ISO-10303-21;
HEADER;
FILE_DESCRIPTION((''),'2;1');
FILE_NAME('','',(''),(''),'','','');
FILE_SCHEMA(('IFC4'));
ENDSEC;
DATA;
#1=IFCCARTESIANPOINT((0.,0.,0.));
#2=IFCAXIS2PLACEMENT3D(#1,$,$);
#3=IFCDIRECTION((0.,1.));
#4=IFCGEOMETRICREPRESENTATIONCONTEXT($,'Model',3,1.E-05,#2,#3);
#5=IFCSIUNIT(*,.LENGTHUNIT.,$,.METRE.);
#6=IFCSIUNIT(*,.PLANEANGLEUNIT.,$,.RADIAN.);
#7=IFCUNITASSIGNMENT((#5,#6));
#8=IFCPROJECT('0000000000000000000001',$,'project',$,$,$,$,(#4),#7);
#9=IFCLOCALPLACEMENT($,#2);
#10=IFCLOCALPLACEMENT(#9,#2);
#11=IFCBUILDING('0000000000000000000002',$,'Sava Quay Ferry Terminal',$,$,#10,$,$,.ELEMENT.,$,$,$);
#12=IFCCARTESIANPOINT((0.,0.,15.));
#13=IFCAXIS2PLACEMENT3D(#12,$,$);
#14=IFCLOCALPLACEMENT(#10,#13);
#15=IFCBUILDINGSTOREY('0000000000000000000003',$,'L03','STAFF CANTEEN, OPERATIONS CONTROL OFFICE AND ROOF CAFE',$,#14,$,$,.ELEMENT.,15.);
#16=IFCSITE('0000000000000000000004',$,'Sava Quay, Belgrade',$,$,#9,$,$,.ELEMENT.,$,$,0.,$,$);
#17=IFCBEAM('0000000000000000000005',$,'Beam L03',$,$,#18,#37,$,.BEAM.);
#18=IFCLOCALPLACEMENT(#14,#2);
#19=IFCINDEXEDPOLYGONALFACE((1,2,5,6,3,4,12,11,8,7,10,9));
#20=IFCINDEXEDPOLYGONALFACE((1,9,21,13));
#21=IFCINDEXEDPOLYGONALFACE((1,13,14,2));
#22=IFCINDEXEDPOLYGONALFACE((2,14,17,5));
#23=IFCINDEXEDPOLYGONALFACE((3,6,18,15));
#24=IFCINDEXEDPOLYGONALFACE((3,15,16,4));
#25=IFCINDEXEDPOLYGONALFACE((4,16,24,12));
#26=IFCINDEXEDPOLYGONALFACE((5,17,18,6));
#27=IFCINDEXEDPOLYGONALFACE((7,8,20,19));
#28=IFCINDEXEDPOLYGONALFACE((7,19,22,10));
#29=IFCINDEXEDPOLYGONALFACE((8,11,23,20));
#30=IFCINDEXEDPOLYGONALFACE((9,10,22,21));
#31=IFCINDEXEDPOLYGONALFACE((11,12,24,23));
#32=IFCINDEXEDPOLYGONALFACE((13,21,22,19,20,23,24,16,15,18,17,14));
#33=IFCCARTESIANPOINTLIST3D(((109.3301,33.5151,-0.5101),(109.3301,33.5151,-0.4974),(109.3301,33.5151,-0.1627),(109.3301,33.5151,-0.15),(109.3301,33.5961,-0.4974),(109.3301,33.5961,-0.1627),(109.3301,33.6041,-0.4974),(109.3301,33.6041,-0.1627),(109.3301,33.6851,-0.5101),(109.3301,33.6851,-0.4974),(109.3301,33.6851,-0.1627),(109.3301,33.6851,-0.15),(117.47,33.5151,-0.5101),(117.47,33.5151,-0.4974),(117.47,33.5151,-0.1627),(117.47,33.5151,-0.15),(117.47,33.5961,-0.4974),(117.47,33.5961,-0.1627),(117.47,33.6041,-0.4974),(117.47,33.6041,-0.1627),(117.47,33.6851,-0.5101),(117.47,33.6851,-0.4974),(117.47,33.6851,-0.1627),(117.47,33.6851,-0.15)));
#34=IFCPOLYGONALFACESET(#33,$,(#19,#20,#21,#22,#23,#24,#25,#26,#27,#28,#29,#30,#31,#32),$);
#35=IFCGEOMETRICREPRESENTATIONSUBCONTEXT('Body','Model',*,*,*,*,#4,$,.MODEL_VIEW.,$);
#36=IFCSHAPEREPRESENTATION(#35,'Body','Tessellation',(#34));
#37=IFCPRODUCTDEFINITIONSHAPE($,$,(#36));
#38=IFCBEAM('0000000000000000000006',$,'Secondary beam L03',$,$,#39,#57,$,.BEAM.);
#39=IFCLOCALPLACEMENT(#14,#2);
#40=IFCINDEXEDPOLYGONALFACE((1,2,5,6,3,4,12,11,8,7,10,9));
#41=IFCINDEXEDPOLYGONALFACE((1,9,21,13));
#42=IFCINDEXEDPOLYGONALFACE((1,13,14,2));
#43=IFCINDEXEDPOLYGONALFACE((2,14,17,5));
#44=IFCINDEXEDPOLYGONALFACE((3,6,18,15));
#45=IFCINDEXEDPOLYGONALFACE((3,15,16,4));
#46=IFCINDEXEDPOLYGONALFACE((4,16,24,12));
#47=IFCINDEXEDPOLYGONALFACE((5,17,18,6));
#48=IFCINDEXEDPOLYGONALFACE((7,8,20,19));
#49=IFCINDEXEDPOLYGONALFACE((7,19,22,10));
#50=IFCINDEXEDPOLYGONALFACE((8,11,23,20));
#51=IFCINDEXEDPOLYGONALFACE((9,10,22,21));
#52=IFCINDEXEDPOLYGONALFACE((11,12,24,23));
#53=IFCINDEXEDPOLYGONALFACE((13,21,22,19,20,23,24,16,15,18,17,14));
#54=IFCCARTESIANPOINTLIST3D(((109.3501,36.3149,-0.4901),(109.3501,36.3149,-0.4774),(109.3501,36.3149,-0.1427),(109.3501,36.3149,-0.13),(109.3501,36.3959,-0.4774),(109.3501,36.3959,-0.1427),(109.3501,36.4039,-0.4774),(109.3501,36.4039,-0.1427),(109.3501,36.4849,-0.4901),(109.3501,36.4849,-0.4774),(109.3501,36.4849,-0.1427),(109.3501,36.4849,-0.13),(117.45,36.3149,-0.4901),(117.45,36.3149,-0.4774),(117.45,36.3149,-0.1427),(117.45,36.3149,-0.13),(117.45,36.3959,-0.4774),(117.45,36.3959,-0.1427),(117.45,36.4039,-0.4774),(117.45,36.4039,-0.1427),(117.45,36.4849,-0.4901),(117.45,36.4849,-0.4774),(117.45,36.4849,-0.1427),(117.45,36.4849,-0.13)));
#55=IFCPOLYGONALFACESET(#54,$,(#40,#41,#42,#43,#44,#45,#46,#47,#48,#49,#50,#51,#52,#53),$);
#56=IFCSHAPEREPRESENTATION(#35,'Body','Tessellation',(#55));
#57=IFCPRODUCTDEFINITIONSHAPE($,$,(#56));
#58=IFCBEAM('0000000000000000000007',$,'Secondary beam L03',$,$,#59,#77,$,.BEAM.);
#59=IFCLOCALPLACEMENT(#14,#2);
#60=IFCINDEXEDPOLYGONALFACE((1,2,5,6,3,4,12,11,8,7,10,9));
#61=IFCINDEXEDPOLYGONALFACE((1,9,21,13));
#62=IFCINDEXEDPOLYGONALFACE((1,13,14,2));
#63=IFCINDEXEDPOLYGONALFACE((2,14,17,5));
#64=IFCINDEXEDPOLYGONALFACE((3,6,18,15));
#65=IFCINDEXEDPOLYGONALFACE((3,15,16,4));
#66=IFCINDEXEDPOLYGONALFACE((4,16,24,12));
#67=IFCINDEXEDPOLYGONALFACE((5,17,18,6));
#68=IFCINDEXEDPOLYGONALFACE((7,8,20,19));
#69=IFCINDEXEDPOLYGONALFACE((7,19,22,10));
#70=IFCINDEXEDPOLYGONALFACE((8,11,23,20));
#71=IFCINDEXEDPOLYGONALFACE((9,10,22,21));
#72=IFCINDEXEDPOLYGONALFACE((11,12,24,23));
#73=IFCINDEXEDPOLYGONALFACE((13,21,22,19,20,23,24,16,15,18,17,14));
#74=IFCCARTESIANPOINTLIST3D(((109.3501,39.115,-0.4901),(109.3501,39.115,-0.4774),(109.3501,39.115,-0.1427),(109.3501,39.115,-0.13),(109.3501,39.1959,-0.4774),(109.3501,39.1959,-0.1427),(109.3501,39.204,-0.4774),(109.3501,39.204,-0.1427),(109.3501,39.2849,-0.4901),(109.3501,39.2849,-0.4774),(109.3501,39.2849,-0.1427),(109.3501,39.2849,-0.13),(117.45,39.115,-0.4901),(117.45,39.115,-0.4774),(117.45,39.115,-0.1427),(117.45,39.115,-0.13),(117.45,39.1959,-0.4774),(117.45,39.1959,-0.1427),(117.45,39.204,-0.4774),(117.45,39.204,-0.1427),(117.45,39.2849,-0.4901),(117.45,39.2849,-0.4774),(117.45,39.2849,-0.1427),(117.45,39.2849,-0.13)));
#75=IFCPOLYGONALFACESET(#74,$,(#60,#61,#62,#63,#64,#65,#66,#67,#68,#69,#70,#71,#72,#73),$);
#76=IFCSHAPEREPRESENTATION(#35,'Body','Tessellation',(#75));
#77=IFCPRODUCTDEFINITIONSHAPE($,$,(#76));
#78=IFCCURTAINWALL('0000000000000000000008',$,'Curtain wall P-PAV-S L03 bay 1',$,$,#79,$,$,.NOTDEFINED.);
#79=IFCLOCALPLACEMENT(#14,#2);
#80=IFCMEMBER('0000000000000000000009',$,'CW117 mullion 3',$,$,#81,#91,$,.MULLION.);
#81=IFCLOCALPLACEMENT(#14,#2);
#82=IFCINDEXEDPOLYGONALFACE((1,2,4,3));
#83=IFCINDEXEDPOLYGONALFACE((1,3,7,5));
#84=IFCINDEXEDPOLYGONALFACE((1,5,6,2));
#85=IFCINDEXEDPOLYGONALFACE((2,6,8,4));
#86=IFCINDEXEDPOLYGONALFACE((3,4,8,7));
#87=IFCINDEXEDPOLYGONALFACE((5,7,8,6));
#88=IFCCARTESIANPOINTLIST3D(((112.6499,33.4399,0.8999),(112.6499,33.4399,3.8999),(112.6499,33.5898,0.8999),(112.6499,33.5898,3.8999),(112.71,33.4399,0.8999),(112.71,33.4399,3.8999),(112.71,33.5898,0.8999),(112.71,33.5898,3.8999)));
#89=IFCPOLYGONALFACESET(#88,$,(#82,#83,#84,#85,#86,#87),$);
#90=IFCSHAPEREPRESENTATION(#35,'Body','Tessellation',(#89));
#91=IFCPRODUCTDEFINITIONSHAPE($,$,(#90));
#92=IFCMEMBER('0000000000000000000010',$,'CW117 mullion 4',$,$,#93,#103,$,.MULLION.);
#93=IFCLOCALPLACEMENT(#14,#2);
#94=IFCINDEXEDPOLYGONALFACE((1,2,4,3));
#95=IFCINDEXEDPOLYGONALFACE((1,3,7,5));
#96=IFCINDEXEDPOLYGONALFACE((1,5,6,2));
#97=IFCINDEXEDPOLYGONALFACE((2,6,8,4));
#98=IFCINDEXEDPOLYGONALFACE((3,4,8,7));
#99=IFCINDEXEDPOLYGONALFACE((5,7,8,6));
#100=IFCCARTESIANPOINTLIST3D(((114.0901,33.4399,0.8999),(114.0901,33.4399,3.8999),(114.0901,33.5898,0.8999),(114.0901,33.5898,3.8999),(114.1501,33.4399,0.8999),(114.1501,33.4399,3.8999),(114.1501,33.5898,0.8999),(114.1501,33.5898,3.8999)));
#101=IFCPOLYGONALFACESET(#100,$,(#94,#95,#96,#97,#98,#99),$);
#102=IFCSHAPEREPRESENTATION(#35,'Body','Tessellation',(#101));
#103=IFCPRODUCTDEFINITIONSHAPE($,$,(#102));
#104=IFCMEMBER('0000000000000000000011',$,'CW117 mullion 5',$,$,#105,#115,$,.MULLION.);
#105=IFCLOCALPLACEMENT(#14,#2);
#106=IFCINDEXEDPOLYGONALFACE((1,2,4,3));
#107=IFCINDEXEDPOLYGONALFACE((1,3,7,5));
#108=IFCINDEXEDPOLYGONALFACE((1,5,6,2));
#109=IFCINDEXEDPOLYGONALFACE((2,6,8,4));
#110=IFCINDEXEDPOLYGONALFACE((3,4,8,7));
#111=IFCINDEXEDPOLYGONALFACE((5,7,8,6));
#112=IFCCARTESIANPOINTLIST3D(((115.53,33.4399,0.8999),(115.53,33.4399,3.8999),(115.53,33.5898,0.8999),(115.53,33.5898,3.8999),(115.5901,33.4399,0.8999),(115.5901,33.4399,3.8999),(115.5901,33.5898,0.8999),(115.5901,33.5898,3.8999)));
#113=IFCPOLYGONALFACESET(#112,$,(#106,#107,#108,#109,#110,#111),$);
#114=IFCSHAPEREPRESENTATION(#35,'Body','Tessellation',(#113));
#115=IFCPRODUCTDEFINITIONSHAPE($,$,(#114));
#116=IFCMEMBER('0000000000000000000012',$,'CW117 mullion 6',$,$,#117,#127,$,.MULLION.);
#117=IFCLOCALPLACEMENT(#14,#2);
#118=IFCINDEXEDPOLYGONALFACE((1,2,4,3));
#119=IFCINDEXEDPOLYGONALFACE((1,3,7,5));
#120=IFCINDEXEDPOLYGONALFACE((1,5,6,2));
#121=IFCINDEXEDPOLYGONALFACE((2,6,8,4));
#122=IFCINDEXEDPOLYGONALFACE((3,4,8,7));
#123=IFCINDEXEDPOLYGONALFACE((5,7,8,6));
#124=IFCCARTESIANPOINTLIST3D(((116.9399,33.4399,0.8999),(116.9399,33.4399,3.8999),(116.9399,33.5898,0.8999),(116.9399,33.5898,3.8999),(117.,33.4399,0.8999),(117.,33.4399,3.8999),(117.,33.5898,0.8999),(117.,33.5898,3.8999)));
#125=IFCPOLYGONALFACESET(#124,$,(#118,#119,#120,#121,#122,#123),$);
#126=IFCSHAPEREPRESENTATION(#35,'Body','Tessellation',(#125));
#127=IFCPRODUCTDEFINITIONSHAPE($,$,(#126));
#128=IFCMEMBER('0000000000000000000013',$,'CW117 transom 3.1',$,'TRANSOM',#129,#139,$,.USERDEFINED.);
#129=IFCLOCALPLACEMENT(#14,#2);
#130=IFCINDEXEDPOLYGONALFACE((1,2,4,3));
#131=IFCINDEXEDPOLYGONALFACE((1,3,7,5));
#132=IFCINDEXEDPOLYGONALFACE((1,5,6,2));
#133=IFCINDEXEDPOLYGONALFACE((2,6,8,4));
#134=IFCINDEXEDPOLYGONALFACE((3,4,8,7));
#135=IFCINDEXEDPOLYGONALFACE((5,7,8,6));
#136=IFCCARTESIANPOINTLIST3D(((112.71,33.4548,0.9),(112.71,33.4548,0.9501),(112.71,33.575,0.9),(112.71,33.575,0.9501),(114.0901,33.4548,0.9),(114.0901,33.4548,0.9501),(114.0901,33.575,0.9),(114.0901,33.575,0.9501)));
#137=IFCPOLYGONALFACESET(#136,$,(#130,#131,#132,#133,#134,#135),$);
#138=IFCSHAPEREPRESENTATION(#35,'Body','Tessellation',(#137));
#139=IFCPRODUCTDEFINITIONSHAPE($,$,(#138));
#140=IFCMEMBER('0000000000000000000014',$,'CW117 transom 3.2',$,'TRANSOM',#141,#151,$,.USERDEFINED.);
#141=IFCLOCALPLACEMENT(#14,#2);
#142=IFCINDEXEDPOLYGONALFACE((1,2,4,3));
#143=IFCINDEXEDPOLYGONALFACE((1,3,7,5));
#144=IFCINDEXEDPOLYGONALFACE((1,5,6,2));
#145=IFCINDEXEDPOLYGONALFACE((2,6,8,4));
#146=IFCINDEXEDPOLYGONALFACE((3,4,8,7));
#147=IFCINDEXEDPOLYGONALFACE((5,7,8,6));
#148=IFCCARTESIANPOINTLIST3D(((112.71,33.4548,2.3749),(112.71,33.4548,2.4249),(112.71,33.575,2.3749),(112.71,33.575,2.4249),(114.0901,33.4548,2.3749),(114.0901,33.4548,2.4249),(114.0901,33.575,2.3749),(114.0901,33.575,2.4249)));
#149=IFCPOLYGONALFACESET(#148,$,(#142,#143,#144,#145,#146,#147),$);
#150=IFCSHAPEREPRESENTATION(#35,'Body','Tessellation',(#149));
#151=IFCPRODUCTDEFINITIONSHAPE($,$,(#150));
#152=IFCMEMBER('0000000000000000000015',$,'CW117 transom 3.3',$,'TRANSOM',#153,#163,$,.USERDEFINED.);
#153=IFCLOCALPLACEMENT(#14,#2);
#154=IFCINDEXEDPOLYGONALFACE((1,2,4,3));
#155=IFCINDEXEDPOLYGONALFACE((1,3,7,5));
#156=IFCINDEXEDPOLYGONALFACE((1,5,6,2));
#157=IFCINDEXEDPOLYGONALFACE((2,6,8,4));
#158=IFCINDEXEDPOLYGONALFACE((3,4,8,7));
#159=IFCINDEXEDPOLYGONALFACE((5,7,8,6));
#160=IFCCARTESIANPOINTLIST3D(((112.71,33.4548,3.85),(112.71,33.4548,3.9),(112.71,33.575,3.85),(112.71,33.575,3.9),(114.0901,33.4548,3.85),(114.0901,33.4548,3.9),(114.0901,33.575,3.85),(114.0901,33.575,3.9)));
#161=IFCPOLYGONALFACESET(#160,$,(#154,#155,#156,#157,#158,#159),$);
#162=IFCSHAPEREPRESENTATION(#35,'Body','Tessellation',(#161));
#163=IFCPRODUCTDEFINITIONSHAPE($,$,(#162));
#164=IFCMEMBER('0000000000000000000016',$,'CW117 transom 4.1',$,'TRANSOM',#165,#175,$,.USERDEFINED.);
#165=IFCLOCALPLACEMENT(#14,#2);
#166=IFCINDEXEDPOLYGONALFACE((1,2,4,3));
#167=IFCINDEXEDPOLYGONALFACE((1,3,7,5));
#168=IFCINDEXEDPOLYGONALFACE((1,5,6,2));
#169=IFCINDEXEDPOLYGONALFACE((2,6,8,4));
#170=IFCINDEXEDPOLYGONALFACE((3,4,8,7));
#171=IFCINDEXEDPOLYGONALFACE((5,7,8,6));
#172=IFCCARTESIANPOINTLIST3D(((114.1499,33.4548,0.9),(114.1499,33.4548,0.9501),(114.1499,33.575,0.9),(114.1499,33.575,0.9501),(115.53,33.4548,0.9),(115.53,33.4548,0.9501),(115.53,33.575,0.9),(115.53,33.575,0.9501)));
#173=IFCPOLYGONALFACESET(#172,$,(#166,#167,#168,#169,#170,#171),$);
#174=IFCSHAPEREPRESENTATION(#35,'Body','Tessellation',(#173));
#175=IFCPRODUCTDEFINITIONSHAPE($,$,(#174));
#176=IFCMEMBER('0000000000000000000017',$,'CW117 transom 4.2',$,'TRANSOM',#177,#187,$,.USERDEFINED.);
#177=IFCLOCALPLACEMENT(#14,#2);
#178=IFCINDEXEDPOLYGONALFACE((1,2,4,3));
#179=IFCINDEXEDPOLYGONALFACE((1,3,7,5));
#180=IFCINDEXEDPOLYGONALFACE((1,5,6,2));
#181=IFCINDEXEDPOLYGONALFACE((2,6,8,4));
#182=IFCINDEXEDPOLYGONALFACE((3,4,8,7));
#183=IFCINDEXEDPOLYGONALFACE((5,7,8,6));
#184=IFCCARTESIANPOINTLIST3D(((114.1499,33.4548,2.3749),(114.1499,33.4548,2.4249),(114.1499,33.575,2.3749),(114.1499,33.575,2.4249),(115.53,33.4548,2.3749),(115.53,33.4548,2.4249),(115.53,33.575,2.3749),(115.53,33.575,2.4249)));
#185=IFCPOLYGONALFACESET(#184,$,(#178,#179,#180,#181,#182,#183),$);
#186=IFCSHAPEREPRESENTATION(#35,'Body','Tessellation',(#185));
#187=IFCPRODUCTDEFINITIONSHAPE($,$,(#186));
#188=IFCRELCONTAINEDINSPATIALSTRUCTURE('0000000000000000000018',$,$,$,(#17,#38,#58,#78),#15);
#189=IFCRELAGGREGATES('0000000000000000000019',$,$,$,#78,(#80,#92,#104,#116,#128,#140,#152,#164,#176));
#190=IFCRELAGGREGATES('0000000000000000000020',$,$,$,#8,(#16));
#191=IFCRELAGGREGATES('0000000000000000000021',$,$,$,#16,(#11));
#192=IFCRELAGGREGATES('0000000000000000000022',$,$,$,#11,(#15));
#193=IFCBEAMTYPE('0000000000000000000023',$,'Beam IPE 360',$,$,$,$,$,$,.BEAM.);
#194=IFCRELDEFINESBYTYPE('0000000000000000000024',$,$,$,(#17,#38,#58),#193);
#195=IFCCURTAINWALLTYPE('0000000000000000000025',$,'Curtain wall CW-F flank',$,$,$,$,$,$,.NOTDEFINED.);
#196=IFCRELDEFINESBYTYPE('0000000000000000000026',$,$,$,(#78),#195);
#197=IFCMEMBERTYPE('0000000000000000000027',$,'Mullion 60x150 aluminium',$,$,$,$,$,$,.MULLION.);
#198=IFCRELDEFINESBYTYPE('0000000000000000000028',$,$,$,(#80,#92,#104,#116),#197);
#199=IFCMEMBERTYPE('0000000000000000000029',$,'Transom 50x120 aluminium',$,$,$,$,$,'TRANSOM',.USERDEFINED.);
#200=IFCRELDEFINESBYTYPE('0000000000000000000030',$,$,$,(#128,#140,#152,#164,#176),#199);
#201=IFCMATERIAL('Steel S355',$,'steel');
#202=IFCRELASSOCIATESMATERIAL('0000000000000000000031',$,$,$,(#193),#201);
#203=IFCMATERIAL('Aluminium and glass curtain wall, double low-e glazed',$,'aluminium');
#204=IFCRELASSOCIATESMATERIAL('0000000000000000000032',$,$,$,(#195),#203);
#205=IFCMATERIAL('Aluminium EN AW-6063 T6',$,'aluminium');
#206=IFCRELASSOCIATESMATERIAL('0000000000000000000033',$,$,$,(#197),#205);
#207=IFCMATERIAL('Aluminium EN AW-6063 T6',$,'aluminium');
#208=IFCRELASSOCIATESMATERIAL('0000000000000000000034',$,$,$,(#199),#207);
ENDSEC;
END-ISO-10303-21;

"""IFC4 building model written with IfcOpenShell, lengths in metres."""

from ifc_helpers import new_model, si_unit, direction, frame, origin, origin_2d, place, context, subcontext, project, spatial, rectangle, i_section, extrude, material, material_profile, profile_set, type_object, element, aggregate, save


model = new_model("IFC4")

# Units and contexts
model_context = context("Model", 3, precision=1e-05, world=origin(), true_north=direction((0.0, 1.0)))
body_context = subcontext(model_context, "Body", "Model", "MODEL_VIEW")
ifc_project = project(units=[si_unit("LENGTHUNIT", "METRE"), si_unit("PLANEANGLEUNIT", "RADIAN")], contexts=[model_context])

# Site, building, storey
site_placement = place(None, origin())
site = spatial("IfcSite", under=ifc_project, at=site_placement, Name="Sava Quay, Belgrade", CompositionType="ELEMENT", RefElevation=0.0)
building_placement = place(site_placement, origin())
building = spatial("IfcBuilding", under=site, at=building_placement, Name="Sava Quay Ferry Terminal", CompositionType="ELEMENT")
storey_placement = place(building_placement, frame((0.0, 0.0, 15.0)))
storey = spatial("IfcBuildingStorey", under=building, at=storey_placement, Name="L03", Description="STAFF CANTEEN, OPERATIONS CONTROL OFFICE AND ROOF CAFE", CompositionType="ELEMENT", Elevation=15.0)

# Beams
ifc_material_1 = material(Name="Steel S355", Category="steel")
ifc_material_profile_1 = material_profile(ifc_material_1, i_section(OverallWidth=0.1699, OverallDepth=0.3601, WebThickness=0.0081, FlangeThickness=0.0127, at=origin_2d()), Name="IPE 360")
ifc_profile_set_1 = profile_set([ifc_material_profile_1], Name="Steel S355")
beam_type = type_object("IfcBeamType", Name="Beam IPE 360", PredefinedType="BEAM", material=ifc_profile_set_1)
beam_placement = place(storey_placement, frame((109.3301, 33.6001, -0.3301), z_axis=(1.0, 0.0, 0.0), x_axis=(0.0, 1.0, 0.0)))
element("IfcBeam", 1, at=beam_placement, inside=storey, type_object=beam_type, Name="Beam L03", PredefinedType="BEAM", context=body_context, shape_type="SweptSolid", body=[
    extrude(i_section(OverallWidth=0.1699, OverallDepth=0.3601, WebThickness=0.0081, FlangeThickness=0.0127, at=origin_2d()), origin(), (0.0, 0.0, 1.0), 8.1399),
])
for number, where, z_axis, x_axis, name in (
    (2, (109.3501, 36.3999, -0.3101), (1.0, 0.0, 0.0), (0.0, 1.0, 0.0), "Secondary beam L03"),
    (3, (109.3501, 39.2, -0.3101), (1.0, 0.0, 0.0), (0.0, 1.0, 0.0), "Secondary beam L03"),
):
    element("IfcBeam", number, at=place(storey_placement, frame(where, z_axis=z_axis, x_axis=x_axis)), inside=storey, type_object=beam_type, Name=name, PredefinedType="BEAM", context=body_context, shape_type="SweptSolid", body=[
        extrude(i_section(OverallWidth=0.1699, OverallDepth=0.3601, WebThickness=0.0081, FlangeThickness=0.0127, at=origin_2d()), origin(), (0.0, 0.0, 1.0), 8.0999),
    ])

# Curtain wall, members
ifc_material_2 = material(Name="Aluminium and glass curtain wall, double low-e glazed", Category="aluminium")
curtain_wall_type = type_object("IfcCurtainWallType", Name="Curtain wall CW-F flank", PredefinedType="NOTDEFINED", material=ifc_material_2)
curtain_wall_placement = place(storey_placement, origin())
curtain_wall = element("IfcCurtainWall", 4, at=curtain_wall_placement, inside=storey, type_object=curtain_wall_type, Name="Curtain wall P-PAV-S L03 bay 1", PredefinedType="NOTDEFINED")
ifc_material_3 = material(Name="Aluminium EN AW-6063 T6", Category="aluminium")
ifc_material_profile_2 = material_profile(ifc_material_3, rectangle(XDim=0.1499, YDim=0.0601, at=origin_2d()), Name="Mullion 60x150 aluminium")
ifc_profile_set_2 = profile_set([ifc_material_profile_2], Name="Aluminium EN AW-6063 T6")
member_type_1 = type_object("IfcMemberType", Name="Mullion 60x150 aluminium", PredefinedType="MULLION", material=ifc_profile_set_2)
member_1_placement = place(storey_placement, frame((112.6799, 33.5149, 0.8999), z_axis=(0.0, 0.0, 1.0), x_axis=(0.0, 1.0, 0.0)))
member_1 = element("IfcMember", 5, at=member_1_placement, type_object=member_type_1, Name="CW117 mullion 3", PredefinedType="MULLION", context=body_context, shape_type="SweptSolid", body=[
    extrude(rectangle(XDim=0.1499, YDim=0.0601, at=origin_2d()), origin(), (0.0, 0.0, 1.0), 3.0),
])
member_2_placement = place(storey_placement, frame((114.1201, 33.5149, 0.8999), z_axis=(0.0, 0.0, 1.0), x_axis=(0.0, 1.0, 0.0)))
member_2 = element("IfcMember", 6, at=member_2_placement, type_object=member_type_1, Name="CW117 mullion 4", PredefinedType="MULLION", context=body_context, shape_type="SweptSolid", body=[
    extrude(rectangle(XDim=0.1499, YDim=0.0601, at=origin_2d()), origin(), (0.0, 0.0, 1.0), 3.0),
])
member_3_placement = place(storey_placement, frame((115.5601, 33.5149, 0.8999), z_axis=(0.0, 0.0, 1.0), x_axis=(0.0, 1.0, 0.0)))
member_3 = element("IfcMember", 7, at=member_3_placement, type_object=member_type_1, Name="CW117 mullion 5", PredefinedType="MULLION", context=body_context, shape_type="SweptSolid", body=[
    extrude(rectangle(XDim=0.1499, YDim=0.0601, at=origin_2d()), origin(), (0.0, 0.0, 1.0), 3.0),
])
member_4_placement = place(storey_placement, frame((116.97, 33.5149, 0.8999), z_axis=(0.0, 0.0, 1.0), x_axis=(0.0, 1.0, 0.0)))
member_4 = element("IfcMember", 8, at=member_4_placement, type_object=member_type_1, Name="CW117 mullion 6", PredefinedType="MULLION", context=body_context, shape_type="SweptSolid", body=[
    extrude(rectangle(XDim=0.1499, YDim=0.0601, at=origin_2d()), origin(), (0.0, 0.0, 1.0), 3.0),
])
ifc_material_4 = material(Name="Aluminium EN AW-6063 T6", Category="aluminium")
ifc_material_profile_3 = material_profile(ifc_material_4, rectangle(XDim=0.1201, YDim=0.05, at=origin_2d()), Name="Transom 50x120 aluminium")
ifc_profile_set_3 = profile_set([ifc_material_profile_3], Name="Aluminium EN AW-6063 T6")
member_type_2 = type_object("IfcMemberType", Name="Transom 50x120 aluminium", ElementType="TRANSOM", PredefinedType="USERDEFINED", material=ifc_profile_set_3)
member_5_placement = place(storey_placement, frame((112.71, 33.5149, 0.925), z_axis=(1.0, 0.0, 0.0), x_axis=(0.0, 1.0, 0.0)))
member_5 = element("IfcMember", 9, at=member_5_placement, type_object=member_type_2, Name="CW117 transom 3.1", ObjectType="TRANSOM", PredefinedType="USERDEFINED", context=body_context, shape_type="SweptSolid", body=[
    extrude(rectangle(XDim=0.1201, YDim=0.05, at=origin_2d()), origin(), (0.0, 0.0, 1.0), 1.3801),
])
member_6_placement = place(storey_placement, frame((112.71, 33.5149, 2.3999), z_axis=(1.0, 0.0, 0.0), x_axis=(0.0, 1.0, 0.0)))
member_6 = element("IfcMember", 10, at=member_6_placement, type_object=member_type_2, Name="CW117 transom 3.2", ObjectType="TRANSOM", PredefinedType="USERDEFINED", context=body_context, shape_type="SweptSolid", body=[
    extrude(rectangle(XDim=0.1201, YDim=0.05, at=origin_2d()), origin(), (0.0, 0.0, 1.0), 1.3801),
])
member_7_placement = place(storey_placement, frame((112.71, 33.5149, 3.875), z_axis=(1.0, 0.0, 0.0), x_axis=(0.0, 1.0, 0.0)))
member_7 = element("IfcMember", 11, at=member_7_placement, type_object=member_type_2, Name="CW117 transom 3.3", ObjectType="TRANSOM", PredefinedType="USERDEFINED", context=body_context, shape_type="SweptSolid", body=[
    extrude(rectangle(XDim=0.1201, YDim=0.05, at=origin_2d()), origin(), (0.0, 0.0, 1.0), 1.3801),
])
member_8_placement = place(storey_placement, frame((114.1499, 33.5149, 0.925), z_axis=(1.0, 0.0, 0.0), x_axis=(0.0, 1.0, 0.0)))
member_8 = element("IfcMember", 12, at=member_8_placement, type_object=member_type_2, Name="CW117 transom 4.1", ObjectType="TRANSOM", PredefinedType="USERDEFINED", context=body_context, shape_type="SweptSolid", body=[
    extrude(rectangle(XDim=0.1201, YDim=0.05, at=origin_2d()), origin(), (0.0, 0.0, 1.0), 1.3801),
])
member_9_placement = place(storey_placement, frame((114.1499, 33.5149, 2.3999), z_axis=(1.0, 0.0, 0.0), x_axis=(0.0, 1.0, 0.0)))
member_9 = element("IfcMember", 13, at=member_9_placement, type_object=member_type_2, Name="CW117 transom 4.2", ObjectType="TRANSOM", PredefinedType="USERDEFINED", context=body_context, shape_type="SweptSolid", body=[
    extrude(rectangle(XDim=0.1201, YDim=0.05, at=origin_2d()), origin(), (0.0, 0.0, 1.0), 1.3801),
])
aggregate(curtain_wall, [member_1, member_2, member_3, member_4, member_5, member_6, member_7, member_8, member_9])

save(model, "model.ifc")
